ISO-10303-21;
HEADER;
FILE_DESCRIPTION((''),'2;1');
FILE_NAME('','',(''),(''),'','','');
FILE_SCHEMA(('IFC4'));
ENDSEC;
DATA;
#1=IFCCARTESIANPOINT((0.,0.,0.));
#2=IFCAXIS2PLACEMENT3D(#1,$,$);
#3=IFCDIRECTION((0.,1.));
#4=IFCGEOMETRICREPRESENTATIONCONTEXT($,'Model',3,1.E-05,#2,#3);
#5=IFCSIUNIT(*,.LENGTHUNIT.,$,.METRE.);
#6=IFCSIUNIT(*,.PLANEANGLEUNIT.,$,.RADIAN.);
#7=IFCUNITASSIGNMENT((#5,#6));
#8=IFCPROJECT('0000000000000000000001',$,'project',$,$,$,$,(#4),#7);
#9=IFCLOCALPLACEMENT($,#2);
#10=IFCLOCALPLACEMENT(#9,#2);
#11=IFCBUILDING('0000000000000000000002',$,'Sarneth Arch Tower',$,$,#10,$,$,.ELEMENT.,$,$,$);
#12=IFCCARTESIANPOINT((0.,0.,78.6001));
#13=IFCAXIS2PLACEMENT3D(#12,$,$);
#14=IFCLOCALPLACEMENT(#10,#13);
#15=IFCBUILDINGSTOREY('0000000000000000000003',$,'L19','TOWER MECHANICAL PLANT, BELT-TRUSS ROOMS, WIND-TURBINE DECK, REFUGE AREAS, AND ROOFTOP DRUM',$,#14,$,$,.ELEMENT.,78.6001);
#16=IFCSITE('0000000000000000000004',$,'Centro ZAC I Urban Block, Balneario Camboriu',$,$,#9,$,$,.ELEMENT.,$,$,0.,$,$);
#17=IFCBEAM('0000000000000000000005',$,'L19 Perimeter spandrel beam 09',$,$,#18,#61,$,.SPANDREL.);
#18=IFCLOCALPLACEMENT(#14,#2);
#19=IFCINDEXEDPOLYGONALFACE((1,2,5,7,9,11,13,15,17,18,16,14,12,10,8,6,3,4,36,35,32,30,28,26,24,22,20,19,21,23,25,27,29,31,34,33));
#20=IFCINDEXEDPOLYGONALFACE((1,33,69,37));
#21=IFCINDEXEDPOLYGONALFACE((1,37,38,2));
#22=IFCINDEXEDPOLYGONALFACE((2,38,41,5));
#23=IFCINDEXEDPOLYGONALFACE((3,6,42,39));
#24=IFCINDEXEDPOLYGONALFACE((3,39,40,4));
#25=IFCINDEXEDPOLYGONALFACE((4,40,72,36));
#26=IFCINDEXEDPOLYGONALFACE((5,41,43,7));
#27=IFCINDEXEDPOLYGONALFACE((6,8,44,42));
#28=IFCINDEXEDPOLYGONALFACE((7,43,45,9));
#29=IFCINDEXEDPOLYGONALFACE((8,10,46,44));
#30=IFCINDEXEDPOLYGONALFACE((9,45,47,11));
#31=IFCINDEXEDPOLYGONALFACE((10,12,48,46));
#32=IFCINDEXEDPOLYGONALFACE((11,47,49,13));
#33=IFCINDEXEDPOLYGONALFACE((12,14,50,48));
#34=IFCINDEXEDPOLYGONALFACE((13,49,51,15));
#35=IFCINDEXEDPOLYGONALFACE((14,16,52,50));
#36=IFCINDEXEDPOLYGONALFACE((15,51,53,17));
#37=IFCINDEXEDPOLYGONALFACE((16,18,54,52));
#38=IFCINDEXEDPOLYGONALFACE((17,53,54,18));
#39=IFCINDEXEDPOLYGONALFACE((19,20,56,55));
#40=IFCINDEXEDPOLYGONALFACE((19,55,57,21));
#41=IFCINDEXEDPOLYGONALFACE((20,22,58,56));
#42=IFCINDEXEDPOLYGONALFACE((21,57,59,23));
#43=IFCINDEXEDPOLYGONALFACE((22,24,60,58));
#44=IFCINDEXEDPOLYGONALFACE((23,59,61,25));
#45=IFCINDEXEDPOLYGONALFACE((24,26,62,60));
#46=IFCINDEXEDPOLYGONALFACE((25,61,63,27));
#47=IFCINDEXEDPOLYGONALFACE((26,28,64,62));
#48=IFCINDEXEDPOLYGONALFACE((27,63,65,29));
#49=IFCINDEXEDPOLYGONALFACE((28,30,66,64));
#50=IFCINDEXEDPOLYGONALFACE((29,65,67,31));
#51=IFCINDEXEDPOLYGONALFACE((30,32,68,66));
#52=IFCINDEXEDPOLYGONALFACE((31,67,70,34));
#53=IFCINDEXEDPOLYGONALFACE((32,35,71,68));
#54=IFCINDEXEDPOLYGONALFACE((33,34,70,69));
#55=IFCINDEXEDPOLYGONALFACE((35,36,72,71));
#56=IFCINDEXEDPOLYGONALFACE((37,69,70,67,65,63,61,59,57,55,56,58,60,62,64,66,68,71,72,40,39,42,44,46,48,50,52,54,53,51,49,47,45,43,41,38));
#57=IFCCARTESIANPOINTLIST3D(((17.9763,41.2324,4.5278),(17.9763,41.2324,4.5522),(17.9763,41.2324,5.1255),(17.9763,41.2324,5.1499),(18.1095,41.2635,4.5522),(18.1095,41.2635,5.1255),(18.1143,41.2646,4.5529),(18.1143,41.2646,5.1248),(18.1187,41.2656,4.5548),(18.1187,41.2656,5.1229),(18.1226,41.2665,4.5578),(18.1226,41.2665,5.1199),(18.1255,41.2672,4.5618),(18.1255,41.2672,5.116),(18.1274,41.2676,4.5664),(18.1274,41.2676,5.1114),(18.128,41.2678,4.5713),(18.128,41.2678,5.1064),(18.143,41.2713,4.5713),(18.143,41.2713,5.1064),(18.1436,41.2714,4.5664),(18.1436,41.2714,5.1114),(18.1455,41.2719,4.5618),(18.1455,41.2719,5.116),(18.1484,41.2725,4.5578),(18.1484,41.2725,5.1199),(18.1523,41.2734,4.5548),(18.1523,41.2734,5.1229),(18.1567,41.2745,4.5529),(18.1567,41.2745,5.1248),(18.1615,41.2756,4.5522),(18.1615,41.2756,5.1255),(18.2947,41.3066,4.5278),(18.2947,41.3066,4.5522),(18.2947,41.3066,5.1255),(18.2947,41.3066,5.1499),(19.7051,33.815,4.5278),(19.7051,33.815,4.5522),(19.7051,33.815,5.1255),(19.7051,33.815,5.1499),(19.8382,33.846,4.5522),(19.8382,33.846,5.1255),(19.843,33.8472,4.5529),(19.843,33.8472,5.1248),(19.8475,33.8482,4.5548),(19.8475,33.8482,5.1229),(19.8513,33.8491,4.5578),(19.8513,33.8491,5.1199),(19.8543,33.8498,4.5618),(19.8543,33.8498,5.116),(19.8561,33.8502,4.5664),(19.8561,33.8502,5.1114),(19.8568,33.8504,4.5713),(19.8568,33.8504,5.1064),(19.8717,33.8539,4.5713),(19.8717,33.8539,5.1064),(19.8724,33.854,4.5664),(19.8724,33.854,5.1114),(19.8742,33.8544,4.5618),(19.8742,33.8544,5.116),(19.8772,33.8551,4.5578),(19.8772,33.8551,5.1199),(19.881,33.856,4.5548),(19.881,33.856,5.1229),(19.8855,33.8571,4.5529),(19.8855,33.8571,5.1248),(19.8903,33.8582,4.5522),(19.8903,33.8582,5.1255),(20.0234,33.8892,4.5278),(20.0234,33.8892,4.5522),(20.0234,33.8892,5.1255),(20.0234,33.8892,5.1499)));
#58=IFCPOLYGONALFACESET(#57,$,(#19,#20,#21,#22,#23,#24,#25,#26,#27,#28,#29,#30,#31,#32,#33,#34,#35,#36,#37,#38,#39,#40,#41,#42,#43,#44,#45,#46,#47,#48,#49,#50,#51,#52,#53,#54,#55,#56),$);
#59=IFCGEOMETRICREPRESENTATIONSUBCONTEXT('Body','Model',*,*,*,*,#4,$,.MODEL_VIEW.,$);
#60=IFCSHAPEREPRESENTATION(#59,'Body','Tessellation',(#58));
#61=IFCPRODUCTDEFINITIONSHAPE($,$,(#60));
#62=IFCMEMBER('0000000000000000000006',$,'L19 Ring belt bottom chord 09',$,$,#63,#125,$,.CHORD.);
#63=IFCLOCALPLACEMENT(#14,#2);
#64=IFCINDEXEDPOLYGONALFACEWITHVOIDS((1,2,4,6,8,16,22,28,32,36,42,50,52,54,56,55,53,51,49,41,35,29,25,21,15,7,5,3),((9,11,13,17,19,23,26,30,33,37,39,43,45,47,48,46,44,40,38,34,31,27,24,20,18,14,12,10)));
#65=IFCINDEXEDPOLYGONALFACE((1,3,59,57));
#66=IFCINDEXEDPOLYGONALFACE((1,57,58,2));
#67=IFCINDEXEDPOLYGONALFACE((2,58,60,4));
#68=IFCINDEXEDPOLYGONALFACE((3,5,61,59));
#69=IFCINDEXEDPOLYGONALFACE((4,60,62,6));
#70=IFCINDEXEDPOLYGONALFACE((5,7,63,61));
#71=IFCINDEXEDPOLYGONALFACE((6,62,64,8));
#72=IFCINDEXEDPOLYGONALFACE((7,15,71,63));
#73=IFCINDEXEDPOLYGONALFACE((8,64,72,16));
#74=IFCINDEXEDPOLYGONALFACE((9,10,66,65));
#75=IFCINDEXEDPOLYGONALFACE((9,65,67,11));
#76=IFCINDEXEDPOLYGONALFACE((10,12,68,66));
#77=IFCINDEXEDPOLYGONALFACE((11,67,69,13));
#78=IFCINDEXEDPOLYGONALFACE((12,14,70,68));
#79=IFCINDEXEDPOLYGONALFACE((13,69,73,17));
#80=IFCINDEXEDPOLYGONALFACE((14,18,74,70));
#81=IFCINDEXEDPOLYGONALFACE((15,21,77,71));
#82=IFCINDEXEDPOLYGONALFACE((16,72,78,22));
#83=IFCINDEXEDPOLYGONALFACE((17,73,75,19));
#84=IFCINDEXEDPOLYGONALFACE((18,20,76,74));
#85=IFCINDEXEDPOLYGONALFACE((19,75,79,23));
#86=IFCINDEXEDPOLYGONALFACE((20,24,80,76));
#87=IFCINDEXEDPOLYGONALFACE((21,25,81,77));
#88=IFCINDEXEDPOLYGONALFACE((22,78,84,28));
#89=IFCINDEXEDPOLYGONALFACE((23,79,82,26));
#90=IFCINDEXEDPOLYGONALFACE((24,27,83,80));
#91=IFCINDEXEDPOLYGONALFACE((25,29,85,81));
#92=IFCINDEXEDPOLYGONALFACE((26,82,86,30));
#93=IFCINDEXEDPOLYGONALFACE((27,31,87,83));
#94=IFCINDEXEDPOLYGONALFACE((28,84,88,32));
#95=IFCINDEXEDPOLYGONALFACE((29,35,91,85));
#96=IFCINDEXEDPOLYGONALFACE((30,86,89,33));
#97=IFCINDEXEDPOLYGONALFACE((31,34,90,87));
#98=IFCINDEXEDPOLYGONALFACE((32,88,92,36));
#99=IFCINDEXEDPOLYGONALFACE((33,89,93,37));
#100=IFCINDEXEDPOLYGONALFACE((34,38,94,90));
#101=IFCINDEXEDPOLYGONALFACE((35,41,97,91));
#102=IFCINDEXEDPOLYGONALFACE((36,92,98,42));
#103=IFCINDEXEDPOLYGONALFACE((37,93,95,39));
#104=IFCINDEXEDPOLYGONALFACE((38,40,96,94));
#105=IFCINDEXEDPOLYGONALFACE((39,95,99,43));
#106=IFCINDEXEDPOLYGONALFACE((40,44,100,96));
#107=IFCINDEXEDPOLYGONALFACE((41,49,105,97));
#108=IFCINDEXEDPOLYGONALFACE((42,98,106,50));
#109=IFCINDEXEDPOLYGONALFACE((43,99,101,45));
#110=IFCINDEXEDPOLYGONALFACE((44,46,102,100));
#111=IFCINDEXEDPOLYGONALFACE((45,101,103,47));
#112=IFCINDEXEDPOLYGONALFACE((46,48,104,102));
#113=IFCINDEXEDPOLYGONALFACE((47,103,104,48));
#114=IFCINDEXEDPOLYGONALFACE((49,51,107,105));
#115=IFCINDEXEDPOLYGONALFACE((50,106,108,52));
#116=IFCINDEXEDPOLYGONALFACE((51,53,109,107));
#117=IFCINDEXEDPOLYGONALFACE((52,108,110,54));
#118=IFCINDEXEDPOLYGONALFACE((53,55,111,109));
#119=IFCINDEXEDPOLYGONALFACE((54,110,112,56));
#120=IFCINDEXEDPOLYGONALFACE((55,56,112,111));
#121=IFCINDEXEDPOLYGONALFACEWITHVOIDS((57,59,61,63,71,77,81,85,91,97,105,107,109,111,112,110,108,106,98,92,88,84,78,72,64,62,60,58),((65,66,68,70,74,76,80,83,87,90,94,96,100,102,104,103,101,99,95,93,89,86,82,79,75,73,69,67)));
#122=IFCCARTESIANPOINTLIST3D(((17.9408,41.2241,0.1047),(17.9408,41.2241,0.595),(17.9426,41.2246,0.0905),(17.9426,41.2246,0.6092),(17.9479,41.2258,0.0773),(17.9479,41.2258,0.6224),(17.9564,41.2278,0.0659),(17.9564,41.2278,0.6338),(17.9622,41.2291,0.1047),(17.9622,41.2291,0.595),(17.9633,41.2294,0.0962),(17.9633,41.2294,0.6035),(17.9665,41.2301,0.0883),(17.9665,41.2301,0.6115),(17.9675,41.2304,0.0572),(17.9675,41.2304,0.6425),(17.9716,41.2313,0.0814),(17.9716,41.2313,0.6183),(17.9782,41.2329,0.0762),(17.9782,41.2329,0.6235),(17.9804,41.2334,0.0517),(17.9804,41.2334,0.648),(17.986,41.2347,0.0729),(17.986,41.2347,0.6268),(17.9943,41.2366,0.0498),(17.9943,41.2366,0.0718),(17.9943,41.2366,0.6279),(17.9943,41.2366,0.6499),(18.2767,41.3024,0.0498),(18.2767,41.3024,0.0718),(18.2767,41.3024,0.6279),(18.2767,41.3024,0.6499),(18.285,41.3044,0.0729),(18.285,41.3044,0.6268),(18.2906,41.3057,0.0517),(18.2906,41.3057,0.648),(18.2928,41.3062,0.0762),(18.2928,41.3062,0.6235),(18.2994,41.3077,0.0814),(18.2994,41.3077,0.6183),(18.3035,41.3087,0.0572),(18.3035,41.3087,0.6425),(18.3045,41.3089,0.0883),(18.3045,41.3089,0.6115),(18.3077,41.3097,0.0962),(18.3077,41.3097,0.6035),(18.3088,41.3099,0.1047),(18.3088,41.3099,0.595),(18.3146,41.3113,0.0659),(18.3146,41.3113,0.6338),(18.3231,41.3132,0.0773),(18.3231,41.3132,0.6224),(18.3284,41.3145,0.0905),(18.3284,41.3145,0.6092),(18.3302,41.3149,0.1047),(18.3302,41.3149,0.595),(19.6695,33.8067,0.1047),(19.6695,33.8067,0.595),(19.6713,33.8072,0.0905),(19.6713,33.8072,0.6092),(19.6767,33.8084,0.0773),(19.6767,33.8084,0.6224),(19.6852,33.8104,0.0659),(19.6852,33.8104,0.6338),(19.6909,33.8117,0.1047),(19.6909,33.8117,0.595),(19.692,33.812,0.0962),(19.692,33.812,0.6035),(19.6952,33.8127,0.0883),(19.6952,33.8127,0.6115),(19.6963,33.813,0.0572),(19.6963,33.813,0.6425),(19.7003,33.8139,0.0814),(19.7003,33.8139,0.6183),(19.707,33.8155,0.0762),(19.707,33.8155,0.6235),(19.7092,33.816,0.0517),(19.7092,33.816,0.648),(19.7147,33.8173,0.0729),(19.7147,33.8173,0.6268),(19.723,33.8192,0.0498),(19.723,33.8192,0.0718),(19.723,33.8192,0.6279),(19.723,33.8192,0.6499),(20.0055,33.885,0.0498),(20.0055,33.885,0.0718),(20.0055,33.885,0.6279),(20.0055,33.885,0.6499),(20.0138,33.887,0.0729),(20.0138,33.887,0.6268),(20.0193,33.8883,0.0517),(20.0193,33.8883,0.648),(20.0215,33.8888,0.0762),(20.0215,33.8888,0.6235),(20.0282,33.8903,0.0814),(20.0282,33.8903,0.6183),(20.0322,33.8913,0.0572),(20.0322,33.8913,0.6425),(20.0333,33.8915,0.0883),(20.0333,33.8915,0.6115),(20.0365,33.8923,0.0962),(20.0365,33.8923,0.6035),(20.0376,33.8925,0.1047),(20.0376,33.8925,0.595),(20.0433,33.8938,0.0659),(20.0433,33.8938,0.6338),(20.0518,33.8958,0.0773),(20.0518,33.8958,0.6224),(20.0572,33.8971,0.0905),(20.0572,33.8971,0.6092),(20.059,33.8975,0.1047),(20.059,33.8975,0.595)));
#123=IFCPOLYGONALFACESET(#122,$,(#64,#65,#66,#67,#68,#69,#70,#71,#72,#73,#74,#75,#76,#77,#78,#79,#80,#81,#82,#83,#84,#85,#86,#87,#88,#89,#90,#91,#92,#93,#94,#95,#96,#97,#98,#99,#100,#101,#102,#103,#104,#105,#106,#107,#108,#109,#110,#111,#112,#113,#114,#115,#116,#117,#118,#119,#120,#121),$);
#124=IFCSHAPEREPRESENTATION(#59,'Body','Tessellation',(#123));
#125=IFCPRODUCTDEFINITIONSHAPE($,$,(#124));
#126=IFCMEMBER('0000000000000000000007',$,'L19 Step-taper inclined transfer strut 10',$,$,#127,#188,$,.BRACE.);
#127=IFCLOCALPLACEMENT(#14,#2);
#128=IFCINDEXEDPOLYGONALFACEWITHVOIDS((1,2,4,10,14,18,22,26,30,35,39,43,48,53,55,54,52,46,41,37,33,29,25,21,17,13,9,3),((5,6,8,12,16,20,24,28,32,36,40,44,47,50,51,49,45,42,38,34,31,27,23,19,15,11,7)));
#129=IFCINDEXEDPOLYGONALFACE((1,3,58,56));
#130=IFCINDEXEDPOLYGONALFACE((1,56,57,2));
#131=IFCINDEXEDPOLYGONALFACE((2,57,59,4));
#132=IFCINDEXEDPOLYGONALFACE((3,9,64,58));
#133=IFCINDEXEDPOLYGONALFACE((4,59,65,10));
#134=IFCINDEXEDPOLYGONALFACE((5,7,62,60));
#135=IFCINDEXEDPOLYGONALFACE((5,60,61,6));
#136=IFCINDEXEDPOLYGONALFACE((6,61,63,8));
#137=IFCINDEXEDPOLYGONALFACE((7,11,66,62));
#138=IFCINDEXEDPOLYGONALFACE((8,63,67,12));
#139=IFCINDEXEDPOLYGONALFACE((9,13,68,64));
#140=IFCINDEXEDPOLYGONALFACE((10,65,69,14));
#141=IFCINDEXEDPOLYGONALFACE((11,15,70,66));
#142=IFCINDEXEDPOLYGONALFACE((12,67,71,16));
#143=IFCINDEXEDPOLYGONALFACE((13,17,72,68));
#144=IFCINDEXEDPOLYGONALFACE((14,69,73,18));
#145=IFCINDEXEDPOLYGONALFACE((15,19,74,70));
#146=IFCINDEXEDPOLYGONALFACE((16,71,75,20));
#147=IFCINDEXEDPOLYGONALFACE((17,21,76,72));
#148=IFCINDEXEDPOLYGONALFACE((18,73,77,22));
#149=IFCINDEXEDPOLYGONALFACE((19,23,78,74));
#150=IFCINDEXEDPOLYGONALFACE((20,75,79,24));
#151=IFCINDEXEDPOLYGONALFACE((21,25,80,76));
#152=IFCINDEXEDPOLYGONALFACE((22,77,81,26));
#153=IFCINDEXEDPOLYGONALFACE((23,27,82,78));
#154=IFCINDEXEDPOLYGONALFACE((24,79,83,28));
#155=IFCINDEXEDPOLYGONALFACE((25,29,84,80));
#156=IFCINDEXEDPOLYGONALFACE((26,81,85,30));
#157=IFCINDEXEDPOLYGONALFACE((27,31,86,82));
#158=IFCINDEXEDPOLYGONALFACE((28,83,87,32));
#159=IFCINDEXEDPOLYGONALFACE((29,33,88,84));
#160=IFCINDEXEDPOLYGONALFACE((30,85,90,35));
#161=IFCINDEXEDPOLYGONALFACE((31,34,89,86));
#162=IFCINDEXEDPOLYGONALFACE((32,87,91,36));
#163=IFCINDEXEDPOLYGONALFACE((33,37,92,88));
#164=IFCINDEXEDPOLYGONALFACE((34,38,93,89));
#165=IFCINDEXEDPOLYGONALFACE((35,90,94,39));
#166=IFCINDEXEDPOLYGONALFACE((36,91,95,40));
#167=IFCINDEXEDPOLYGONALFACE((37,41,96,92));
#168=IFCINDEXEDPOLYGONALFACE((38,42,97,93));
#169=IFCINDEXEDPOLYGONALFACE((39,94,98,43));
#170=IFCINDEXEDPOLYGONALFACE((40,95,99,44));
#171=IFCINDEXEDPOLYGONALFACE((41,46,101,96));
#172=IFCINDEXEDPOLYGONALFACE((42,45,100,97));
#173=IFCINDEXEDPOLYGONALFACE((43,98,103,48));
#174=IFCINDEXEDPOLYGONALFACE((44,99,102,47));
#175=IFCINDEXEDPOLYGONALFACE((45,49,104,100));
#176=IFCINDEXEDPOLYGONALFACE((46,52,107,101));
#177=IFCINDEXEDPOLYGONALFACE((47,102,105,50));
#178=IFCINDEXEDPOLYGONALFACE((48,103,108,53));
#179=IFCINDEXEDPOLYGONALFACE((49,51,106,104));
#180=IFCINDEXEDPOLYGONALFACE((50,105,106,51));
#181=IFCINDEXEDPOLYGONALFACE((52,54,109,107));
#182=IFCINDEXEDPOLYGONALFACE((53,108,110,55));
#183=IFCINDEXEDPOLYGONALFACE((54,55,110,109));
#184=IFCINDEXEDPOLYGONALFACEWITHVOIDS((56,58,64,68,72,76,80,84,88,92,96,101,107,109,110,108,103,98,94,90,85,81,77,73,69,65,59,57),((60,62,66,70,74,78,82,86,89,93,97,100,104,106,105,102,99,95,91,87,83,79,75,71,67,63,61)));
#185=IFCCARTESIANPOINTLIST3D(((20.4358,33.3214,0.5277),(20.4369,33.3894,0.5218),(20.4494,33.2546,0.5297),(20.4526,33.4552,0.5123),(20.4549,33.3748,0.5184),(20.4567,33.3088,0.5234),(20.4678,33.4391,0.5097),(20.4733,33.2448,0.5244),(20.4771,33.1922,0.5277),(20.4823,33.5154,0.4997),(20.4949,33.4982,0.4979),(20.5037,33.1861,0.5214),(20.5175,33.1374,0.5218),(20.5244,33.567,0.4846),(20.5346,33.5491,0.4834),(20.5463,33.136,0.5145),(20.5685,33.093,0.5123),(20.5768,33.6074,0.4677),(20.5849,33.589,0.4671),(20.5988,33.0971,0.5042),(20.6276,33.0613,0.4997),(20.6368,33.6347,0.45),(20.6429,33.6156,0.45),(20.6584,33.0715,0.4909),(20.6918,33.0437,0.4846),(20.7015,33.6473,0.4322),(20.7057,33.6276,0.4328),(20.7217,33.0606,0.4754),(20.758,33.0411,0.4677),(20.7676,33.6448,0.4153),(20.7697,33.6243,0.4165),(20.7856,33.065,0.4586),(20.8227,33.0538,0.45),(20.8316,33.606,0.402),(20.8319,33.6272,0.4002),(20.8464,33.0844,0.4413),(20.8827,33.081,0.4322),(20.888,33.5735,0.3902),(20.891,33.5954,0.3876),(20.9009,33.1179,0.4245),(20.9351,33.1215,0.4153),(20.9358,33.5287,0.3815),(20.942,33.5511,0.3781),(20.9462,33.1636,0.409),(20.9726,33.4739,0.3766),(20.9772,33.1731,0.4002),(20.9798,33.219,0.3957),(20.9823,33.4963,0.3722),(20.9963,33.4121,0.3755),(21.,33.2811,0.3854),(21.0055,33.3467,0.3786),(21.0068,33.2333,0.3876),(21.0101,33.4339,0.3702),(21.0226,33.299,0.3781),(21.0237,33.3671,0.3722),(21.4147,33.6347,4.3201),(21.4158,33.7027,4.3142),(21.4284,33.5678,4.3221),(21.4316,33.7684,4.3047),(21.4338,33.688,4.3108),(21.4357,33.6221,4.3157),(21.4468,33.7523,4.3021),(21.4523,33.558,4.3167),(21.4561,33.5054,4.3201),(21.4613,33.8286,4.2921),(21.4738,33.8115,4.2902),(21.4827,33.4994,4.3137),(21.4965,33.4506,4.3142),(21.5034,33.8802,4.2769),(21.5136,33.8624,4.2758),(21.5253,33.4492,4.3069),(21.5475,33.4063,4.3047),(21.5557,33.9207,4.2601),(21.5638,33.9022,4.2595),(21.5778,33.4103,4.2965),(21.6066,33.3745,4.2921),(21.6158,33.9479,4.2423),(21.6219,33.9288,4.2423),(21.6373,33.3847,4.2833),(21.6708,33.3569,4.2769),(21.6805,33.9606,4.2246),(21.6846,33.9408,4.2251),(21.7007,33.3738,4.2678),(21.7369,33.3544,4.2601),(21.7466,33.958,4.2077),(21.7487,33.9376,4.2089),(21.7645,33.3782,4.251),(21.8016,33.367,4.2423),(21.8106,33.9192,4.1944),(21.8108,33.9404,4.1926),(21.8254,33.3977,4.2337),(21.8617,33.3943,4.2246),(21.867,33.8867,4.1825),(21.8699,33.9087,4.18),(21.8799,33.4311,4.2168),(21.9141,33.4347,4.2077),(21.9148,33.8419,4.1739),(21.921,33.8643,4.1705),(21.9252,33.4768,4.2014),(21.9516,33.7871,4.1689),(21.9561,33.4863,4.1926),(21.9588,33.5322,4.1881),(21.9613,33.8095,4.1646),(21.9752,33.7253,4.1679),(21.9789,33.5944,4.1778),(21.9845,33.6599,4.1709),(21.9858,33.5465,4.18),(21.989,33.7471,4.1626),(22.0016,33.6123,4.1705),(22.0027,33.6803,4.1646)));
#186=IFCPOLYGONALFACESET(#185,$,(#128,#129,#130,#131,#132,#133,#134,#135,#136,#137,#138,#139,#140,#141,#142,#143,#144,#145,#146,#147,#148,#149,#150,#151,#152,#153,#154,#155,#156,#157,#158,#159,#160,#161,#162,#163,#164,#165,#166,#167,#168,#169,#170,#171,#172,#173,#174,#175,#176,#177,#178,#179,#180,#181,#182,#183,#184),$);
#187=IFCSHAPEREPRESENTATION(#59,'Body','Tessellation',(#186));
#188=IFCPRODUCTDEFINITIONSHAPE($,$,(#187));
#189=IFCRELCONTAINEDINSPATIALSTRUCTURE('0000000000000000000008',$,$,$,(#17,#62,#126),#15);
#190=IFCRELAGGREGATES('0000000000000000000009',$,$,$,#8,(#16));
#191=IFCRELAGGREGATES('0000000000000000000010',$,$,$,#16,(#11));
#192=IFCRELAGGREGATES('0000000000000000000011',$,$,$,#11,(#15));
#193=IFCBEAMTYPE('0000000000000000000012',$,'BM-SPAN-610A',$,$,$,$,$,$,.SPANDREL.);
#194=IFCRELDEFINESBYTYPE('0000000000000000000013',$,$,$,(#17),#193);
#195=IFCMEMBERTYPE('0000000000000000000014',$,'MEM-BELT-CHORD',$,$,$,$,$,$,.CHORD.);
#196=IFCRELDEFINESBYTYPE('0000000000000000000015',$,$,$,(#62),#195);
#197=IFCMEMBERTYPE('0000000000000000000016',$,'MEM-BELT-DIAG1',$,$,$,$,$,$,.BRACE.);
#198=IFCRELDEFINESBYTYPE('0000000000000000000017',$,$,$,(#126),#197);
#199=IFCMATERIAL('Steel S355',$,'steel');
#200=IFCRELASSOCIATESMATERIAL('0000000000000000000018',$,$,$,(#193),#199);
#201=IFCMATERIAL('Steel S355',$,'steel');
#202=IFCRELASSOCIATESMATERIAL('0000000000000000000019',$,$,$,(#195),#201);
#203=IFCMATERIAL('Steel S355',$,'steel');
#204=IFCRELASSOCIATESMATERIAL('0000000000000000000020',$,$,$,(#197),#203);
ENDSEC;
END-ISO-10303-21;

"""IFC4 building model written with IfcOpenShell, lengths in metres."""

from ifc_helpers import new_model, si_unit, direction, frame, origin, origin_2d, place, context, subcontext, project, spatial, hollow_rectangle, hollow_circle, i_section, extrude, material, material_profile, profile_set, type_object, element, save


model = new_model("IFC4")

# Units and contexts
model_context = context("Model", 3, precision=1e-05, world=origin(), true_north=direction((0.0, 1.0)))
body_context = subcontext(model_context, "Body", "Model", "MODEL_VIEW")
ifc_project = project(units=[si_unit("LENGTHUNIT", "METRE"), si_unit("PLANEANGLEUNIT", "RADIAN")], contexts=[model_context])

# Site, building, storey
site_placement = place(None, origin())
site = spatial("IfcSite", under=ifc_project, at=site_placement, Name="Centro ZAC I Urban Block, Balneario Camboriu", CompositionType="ELEMENT", RefElevation=0.0)
building_placement = place(site_placement, origin())
building = spatial("IfcBuilding", under=site, at=building_placement, Name="Sarneth Arch Tower", CompositionType="ELEMENT")
storey_placement = place(building_placement, frame((0.0, 0.0, 78.6001)))
storey = spatial("IfcBuildingStorey", under=building, at=storey_placement, Name="L19", Description="TOWER MECHANICAL PLANT, BELT-TRUSS ROOMS, WIND-TURBINE DECK, REFUGE AREAS, AND ROOFTOP DRUM", CompositionType="ELEMENT", Elevation=78.6001)

# Beam
ifc_material_1 = material(Name="Steel S355", Category="steel")
ifc_material_profile_1 = material_profile(ifc_material_1, i_section(OverallWidth=0.3269, OverallDepth=0.6221, WebThickness=0.0154, FlangeThickness=0.0244, FilletRadius=0.019, at=origin_2d()), Name="W610x195")
ifc_profile_set_1 = profile_set([ifc_material_profile_1], Name="Steel S355")
beam_type_1 = type_object("IfcBeamType", Name="BM-SPAN-610A", PredefinedType="SPANDREL", material=ifc_profile_set_1)
beam_1_placement = place(storey_placement, frame((18.1355, 41.2695, 4.8389), z_axis=(0.226982, -0.973899, 0.0), x_axis=(0.973899, 0.226982, 0.0)))
element("IfcBeam", 1, at=beam_1_placement, inside=storey, type_object=beam_type_1, Name="L19 Perimeter spandrel beam 09", PredefinedType="SPANDREL", context=body_context, shape_type="SweptSolid", body=[
    extrude(i_section(OverallWidth=0.3269, OverallDepth=0.6221, WebThickness=0.0154, FlangeThickness=0.0244, FilletRadius=0.019, at=origin_2d()), origin(), (0.0, 0.0, 1.0), 7.6162),
])

# Members
ifc_material_2 = material(Name="Steel S355", Category="steel")
ifc_material_profile_2 = material_profile(ifc_material_2, hollow_rectangle(XDim=0.3999, YDim=0.6001, WallThickness=0.022, InnerFilletRadius=0.033, OuterFilletRadius=0.0549, at=origin_2d()), Name="RHS600x400x22")
ifc_profile_set_2 = profile_set([ifc_material_profile_2], Name="Steel S355")
member_type_1 = type_object("IfcMemberType", Name="MEM-BELT-CHORD", PredefinedType="CHORD", material=ifc_profile_set_2)
member_1_placement = place(storey_placement, frame((18.1355, 41.2695, 0.3499), z_axis=(0.226982, -0.973899, 0.0), x_axis=(0.973899, 0.226982, 0.0)))
element("IfcMember", 2, at=member_1_placement, inside=storey, type_object=member_type_1, Name="L19 Ring belt bottom chord 09", PredefinedType="CHORD", context=body_context, shape_type="SweptSolid", body=[
    extrude(hollow_rectangle(XDim=0.3999, YDim=0.6001, WallThickness=0.022, InnerFilletRadius=0.033, OuterFilletRadius=0.0549, at=origin_2d()), origin(), (0.0, 0.0, 1.0), 7.6162),
])
ifc_material_3 = material(Name="Steel S355", Category="steel")
ifc_material_profile_3 = material_profile(ifc_material_3, hollow_circle(Radius=0.3049, WallThickness=0.02, at=origin_2d()), Name="CHS610x20")
ifc_profile_set_3 = profile_set([ifc_material_profile_3], Name="Steel S355")
member_type_2 = type_object("IfcMemberType", Name="MEM-BELT-DIAG1", PredefinedType="BRACE", material=ifc_profile_set_3)
member_2_placement = place(storey_placement, frame((20.7297, 33.3442, 0.45), z_axis=(0.249154, 0.079717, 0.965177), x_axis=(-0.304733, 0.952438, 0.0)))
element("IfcMember", 3, at=member_2_placement, inside=storey, type_object=member_type_2, Name="L19 Step-taper inclined transfer strut 10", PredefinedType="BRACE", context=body_context, shape_type="SweptSolid", body=[
    extrude(hollow_circle(Radius=0.3049, WallThickness=0.02, at=origin_2d()), origin(), (0.0, 0.0, 1.0), 3.9292),
])

save(model, "model.ifc")
